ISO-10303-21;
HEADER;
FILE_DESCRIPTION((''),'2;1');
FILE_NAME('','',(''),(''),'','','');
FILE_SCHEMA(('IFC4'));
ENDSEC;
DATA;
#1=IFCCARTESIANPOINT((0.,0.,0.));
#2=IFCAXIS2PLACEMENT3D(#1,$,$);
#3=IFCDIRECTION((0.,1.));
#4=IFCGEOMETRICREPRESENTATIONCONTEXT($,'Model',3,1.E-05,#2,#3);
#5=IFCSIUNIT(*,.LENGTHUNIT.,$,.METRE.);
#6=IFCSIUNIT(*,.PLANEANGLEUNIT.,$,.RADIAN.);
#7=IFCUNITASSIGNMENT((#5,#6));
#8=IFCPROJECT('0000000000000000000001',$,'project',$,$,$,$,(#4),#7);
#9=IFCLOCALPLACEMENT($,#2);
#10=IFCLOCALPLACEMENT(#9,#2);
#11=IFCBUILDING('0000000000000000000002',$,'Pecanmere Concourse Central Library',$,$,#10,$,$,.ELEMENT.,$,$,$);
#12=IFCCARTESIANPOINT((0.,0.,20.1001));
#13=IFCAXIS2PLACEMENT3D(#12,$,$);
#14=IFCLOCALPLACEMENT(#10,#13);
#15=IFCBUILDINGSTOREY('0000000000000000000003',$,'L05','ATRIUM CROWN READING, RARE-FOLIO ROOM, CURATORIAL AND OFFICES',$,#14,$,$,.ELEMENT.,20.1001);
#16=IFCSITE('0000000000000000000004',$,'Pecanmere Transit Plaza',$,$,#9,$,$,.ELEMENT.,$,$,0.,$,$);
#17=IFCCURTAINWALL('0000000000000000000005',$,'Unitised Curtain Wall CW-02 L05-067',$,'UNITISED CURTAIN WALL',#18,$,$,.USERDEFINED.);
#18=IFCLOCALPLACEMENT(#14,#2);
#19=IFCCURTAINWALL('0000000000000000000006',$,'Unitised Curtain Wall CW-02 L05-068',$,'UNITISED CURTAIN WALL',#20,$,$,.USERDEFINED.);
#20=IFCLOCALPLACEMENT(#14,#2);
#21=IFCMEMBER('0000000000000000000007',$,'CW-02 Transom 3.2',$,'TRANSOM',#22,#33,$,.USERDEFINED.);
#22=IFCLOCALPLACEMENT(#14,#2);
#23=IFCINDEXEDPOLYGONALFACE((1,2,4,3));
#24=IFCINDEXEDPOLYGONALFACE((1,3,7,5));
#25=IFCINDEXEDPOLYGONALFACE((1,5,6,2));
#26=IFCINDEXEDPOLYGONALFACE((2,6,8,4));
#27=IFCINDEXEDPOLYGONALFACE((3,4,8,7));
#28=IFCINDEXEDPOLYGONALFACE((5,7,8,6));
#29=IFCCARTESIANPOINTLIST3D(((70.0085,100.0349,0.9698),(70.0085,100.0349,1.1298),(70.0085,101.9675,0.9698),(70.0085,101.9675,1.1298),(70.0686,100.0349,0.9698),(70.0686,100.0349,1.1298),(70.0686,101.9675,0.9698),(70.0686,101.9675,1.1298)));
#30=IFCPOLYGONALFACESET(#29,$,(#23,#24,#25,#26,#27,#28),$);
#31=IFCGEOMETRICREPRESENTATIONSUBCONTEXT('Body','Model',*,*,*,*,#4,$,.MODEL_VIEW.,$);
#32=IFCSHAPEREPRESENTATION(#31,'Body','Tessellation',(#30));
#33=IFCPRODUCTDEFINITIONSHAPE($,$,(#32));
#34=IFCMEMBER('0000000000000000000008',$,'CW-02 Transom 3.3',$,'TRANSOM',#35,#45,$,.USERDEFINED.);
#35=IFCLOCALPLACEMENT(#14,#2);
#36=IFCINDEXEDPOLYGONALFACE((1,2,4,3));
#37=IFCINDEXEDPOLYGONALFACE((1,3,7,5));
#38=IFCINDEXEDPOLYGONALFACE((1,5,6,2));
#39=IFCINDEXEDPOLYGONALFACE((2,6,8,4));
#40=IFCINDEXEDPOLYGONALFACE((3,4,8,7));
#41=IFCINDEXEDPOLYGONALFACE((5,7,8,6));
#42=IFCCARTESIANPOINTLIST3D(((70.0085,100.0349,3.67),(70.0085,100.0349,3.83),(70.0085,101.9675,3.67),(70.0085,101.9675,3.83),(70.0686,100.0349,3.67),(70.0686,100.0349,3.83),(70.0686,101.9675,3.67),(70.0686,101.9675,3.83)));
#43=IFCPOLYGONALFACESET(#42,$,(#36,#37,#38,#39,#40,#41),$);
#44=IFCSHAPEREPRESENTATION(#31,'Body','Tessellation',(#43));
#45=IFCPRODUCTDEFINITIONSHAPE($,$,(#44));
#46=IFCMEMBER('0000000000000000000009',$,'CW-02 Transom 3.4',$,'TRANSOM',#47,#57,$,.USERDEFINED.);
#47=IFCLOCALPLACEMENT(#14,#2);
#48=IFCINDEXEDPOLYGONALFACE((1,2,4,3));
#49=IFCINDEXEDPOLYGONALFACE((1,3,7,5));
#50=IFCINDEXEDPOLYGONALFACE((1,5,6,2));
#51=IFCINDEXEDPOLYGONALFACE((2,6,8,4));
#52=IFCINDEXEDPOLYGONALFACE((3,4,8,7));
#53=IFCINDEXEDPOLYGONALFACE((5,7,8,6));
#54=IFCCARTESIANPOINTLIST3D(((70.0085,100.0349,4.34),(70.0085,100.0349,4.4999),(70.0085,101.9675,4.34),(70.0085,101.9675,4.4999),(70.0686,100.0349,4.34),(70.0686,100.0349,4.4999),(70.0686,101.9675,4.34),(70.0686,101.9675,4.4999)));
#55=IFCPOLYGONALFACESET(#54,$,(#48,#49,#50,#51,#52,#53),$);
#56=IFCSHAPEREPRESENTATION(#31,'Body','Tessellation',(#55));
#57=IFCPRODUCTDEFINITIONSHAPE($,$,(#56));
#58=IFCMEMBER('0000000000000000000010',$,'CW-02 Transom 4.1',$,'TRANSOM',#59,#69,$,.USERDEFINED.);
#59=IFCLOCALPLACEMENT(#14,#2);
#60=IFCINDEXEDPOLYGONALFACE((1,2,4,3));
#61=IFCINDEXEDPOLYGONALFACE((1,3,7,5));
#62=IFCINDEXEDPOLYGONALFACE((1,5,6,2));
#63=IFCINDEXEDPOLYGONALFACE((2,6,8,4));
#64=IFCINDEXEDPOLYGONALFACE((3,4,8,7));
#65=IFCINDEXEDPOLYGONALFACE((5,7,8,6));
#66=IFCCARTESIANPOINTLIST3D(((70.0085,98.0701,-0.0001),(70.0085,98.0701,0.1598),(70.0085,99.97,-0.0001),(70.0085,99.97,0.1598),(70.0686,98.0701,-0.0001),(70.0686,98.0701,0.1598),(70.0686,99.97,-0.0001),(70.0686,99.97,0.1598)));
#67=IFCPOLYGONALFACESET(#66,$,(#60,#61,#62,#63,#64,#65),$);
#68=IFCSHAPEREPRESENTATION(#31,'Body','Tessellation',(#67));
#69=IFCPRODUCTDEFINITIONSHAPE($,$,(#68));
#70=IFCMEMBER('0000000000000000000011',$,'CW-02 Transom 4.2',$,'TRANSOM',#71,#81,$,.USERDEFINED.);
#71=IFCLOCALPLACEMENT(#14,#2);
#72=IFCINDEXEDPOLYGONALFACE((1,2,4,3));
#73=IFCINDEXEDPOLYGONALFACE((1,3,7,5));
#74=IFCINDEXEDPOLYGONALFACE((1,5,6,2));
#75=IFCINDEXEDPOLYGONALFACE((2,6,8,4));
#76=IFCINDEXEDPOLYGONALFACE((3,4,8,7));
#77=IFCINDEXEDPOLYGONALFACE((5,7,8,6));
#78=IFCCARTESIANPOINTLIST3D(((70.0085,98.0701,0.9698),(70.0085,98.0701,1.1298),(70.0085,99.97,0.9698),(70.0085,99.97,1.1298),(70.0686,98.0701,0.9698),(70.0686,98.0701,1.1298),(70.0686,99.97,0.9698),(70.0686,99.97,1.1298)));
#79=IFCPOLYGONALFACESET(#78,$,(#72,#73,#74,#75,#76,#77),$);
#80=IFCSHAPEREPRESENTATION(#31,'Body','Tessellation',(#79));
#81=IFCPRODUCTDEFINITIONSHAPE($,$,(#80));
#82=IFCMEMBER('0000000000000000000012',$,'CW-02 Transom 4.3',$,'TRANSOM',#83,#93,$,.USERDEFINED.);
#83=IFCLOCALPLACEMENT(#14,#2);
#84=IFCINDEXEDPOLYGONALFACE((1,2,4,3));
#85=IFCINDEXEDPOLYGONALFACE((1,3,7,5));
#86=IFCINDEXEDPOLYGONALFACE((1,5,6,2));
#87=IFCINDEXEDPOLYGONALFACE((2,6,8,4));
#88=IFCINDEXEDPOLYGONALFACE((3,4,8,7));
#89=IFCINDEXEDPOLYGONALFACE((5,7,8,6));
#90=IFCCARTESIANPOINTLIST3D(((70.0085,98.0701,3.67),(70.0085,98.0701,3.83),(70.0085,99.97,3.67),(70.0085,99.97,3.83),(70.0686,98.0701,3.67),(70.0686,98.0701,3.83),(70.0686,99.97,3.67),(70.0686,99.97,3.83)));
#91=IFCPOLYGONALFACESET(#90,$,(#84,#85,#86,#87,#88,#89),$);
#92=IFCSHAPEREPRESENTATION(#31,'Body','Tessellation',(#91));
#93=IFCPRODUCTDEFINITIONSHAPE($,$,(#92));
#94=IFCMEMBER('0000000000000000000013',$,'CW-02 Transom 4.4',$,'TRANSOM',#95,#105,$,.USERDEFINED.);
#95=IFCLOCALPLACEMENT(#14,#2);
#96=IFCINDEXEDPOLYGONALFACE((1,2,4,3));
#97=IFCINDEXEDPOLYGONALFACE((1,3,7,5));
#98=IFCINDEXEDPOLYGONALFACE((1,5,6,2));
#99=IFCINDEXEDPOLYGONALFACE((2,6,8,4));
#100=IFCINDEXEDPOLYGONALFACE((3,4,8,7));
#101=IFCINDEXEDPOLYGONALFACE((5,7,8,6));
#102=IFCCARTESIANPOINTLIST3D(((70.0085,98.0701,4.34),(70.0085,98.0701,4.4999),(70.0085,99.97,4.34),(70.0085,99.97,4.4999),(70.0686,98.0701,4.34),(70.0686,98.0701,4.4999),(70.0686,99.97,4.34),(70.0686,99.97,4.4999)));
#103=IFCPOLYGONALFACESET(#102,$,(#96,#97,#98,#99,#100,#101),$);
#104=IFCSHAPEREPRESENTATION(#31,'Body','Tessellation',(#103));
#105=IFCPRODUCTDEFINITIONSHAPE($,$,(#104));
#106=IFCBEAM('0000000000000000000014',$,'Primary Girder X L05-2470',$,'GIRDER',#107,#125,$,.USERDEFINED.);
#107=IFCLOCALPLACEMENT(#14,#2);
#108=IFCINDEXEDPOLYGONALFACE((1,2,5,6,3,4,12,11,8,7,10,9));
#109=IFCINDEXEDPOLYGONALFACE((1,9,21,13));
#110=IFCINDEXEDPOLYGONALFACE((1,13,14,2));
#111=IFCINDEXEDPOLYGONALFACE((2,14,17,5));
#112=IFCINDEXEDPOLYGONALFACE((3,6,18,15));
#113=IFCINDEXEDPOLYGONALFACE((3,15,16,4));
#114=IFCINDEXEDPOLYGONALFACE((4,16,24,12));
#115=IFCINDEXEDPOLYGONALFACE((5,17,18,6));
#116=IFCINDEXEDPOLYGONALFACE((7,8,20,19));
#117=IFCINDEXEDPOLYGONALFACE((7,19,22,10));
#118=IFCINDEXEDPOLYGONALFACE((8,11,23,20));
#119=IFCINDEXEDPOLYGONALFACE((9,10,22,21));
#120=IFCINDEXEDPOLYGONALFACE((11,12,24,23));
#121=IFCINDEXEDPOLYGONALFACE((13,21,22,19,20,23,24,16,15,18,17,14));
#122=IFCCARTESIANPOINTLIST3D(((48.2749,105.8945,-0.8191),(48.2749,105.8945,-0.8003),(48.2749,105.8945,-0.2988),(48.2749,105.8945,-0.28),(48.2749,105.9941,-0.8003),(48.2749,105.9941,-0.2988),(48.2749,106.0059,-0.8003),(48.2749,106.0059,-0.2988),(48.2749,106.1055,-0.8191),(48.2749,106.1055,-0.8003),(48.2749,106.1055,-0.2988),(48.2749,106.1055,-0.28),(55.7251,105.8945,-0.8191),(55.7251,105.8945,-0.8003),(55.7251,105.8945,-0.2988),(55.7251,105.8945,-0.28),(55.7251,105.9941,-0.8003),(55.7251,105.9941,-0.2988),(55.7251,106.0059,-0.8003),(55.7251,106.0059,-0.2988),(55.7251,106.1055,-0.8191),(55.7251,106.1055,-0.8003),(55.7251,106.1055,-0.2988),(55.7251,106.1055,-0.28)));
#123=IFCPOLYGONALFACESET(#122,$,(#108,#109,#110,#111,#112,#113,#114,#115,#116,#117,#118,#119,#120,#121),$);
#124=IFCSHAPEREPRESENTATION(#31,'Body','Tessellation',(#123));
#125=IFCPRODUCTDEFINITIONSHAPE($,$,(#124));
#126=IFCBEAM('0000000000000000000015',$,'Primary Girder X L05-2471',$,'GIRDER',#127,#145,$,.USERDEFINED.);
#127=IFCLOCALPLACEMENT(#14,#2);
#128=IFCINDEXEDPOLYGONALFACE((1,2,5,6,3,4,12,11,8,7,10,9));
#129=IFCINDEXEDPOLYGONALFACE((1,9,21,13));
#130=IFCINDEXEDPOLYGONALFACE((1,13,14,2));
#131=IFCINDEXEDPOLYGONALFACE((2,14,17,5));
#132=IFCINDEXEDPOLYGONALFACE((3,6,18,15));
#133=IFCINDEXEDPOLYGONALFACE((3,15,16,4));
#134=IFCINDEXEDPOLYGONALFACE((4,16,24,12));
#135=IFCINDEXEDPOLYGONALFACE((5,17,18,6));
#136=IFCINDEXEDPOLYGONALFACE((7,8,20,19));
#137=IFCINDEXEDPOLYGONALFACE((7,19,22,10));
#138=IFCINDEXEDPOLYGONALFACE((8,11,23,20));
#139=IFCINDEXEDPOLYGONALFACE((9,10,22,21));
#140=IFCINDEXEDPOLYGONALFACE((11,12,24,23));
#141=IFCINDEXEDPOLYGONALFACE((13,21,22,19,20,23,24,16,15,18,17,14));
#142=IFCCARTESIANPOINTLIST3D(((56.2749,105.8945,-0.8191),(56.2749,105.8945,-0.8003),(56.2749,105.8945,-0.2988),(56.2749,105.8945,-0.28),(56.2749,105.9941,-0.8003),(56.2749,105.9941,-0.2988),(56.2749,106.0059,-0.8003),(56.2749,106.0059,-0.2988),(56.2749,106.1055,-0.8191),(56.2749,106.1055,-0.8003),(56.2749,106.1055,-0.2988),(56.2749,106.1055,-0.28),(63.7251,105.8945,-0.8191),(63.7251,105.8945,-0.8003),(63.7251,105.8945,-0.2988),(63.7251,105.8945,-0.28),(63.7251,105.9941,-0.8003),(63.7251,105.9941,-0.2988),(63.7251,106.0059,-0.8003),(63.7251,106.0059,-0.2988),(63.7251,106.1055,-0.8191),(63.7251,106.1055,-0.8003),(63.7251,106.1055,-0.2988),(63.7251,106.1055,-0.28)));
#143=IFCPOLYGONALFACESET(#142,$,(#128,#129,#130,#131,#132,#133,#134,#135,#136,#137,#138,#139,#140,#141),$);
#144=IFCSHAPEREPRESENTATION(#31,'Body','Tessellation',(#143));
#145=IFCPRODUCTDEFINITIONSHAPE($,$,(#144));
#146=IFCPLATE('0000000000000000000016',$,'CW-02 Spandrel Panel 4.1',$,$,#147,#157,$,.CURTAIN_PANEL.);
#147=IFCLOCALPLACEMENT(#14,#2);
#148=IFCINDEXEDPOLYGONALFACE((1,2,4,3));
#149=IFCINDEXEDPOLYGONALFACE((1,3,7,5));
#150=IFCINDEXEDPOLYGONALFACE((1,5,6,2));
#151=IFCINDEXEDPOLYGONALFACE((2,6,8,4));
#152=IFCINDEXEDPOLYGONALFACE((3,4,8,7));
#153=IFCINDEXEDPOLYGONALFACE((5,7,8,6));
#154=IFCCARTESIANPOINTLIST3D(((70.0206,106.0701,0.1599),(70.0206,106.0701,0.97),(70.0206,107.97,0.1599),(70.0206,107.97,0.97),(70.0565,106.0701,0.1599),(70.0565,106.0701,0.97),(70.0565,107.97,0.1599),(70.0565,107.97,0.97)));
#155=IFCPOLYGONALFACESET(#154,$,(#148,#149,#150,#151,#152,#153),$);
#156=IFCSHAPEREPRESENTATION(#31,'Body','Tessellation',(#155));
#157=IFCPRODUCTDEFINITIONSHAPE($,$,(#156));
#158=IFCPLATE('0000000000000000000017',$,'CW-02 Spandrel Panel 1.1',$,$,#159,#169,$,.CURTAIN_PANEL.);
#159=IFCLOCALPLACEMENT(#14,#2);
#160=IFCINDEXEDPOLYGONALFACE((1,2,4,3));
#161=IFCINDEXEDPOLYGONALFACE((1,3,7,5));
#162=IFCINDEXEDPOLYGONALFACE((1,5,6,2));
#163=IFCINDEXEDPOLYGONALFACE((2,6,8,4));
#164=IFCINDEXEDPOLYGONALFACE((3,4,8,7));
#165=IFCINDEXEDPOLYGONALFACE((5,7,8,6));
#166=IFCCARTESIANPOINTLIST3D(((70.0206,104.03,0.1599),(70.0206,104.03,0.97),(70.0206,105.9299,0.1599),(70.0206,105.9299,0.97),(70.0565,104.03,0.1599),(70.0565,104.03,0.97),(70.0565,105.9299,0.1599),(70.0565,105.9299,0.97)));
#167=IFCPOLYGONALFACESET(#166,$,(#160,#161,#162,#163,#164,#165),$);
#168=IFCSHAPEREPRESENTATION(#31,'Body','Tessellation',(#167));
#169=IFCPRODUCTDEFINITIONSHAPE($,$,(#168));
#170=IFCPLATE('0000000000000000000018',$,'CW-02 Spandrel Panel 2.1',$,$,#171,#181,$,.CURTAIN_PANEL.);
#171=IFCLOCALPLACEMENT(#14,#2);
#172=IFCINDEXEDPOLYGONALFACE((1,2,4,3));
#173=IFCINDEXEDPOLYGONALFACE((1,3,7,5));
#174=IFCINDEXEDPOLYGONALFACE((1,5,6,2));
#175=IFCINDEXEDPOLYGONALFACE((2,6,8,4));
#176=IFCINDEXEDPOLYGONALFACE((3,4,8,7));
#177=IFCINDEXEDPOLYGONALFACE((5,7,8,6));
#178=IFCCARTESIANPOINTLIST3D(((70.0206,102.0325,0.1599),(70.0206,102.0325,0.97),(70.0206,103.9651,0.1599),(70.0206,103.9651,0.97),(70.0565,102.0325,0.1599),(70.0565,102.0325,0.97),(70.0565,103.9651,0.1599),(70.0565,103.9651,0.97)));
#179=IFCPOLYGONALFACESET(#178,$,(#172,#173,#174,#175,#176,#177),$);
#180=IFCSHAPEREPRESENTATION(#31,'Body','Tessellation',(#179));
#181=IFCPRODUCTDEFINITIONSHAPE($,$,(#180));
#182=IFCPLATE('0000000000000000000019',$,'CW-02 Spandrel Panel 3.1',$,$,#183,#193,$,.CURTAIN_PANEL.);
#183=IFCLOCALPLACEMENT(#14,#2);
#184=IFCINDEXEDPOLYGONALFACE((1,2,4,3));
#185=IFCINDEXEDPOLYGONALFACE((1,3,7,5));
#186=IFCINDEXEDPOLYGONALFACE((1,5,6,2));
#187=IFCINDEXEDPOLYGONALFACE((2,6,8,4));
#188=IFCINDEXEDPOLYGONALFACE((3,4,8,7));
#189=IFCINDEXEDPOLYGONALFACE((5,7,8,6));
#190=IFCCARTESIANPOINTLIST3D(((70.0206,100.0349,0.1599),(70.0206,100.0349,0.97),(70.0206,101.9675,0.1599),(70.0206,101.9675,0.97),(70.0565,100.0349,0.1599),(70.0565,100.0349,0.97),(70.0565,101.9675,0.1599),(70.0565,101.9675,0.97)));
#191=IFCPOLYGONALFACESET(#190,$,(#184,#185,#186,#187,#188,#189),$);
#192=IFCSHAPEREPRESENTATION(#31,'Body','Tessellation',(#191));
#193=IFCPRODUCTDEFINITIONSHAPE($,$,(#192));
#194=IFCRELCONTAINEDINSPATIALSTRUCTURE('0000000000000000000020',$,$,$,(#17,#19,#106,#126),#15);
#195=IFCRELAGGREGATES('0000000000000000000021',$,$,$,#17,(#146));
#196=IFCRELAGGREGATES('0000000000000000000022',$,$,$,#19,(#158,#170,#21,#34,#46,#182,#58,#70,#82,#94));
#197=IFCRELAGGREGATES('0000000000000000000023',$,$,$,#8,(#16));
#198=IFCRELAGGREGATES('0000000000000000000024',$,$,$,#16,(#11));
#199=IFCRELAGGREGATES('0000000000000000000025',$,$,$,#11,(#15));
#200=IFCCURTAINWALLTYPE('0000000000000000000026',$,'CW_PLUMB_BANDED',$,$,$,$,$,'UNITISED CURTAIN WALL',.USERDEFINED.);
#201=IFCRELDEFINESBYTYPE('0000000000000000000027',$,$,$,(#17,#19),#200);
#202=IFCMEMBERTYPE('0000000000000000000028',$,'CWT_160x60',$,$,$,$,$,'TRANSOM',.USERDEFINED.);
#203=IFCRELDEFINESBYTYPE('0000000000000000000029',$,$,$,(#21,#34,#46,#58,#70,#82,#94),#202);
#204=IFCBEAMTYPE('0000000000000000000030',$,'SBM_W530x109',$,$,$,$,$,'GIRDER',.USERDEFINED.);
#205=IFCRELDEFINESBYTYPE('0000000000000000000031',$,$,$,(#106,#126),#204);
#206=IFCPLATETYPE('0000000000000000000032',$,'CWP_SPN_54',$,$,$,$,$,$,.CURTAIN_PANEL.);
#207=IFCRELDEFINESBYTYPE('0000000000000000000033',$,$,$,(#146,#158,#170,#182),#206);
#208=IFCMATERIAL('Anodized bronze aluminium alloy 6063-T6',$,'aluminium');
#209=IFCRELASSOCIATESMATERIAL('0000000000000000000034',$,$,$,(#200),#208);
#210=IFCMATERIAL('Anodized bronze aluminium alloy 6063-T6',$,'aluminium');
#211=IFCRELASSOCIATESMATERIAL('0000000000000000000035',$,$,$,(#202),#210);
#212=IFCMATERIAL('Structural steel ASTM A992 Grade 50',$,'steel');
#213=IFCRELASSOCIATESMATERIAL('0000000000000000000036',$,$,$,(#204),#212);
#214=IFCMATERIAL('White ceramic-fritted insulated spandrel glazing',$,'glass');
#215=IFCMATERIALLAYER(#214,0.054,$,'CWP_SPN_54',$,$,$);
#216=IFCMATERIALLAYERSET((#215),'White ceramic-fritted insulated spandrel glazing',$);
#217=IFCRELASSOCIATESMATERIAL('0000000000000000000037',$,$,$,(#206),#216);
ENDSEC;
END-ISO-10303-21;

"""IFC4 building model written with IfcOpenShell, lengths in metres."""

from ifc_helpers import new_model, si_unit, direction, frame, origin, origin_2d, place, context, subcontext, project, spatial, rectangle, i_section, extrude, material, layer, layer_set, material_profile, profile_set, type_object, element, aggregate, save


model = new_model("IFC4")

# Units and contexts
model_context = context("Model", 3, precision=1e-05, world=origin(), true_north=direction((0.0, 1.0)))
body_context = subcontext(model_context, "Body", "Model", "MODEL_VIEW")
ifc_project = project(units=[si_unit("LENGTHUNIT", "METRE"), si_unit("PLANEANGLEUNIT", "RADIAN")], contexts=[model_context])

# Site, building, storey
site_placement = place(None, origin())
site = spatial("IfcSite", under=ifc_project, at=site_placement, Name="Pecanmere Transit Plaza", CompositionType="ELEMENT", RefElevation=0.0)
building_placement = place(site_placement, origin())
building = spatial("IfcBuilding", under=site, at=building_placement, Name="Pecanmere Concourse Central Library", CompositionType="ELEMENT")
storey_placement = place(building_placement, frame((0.0, 0.0, 20.1001)))
storey = spatial("IfcBuildingStorey", under=building, at=storey_placement, Name="L05", Description="ATRIUM CROWN READING, RARE-FOLIO ROOM, CURATORIAL AND OFFICES", CompositionType="ELEMENT", Elevation=20.1001)

# Curtain wall
ifc_material_1 = material(Name="Anodized bronze aluminium alloy 6063-T6", Category="aluminium")
curtain_wall_type = type_object("IfcCurtainWallType", Name="CW_PLUMB_BANDED", ElementType="UNITISED CURTAIN WALL", PredefinedType="USERDEFINED", material=ifc_material_1)
curtain_wall_1_placement = place(storey_placement, origin())
curtain_wall_1 = element("IfcCurtainWall", 1, at=curtain_wall_1_placement, inside=storey, type_object=curtain_wall_type, Name="Unitised Curtain Wall CW-02 L05-067", ObjectType="UNITISED CURTAIN WALL", PredefinedType="USERDEFINED")

# Curtain wall
curtain_wall_2_placement = place(storey_placement, origin())
curtain_wall_2 = element("IfcCurtainWall", 2, at=curtain_wall_2_placement, inside=storey, type_object=curtain_wall_type, Name="Unitised Curtain Wall CW-02 L05-068", ObjectType="UNITISED CURTAIN WALL", PredefinedType="USERDEFINED")

# Members
ifc_material_2 = material(Name="Anodized bronze aluminium alloy 6063-T6", Category="aluminium")
ifc_material_profile_1 = material_profile(ifc_material_2, rectangle(XDim=0.0601, YDim=0.1599, at=origin_2d()), Name="AL 60x160")
ifc_profile_set_1 = profile_set([ifc_material_profile_1], Name="Anodized bronze aluminium alloy 6063-T6")
member_type_1 = type_object("IfcMemberType", Name="CWT_160x60", ElementType="TRANSOM", PredefinedType="USERDEFINED", material=ifc_profile_set_1)
member_1_placement = place(storey_placement, frame((70.0386, 101.9675, 1.0498), z_axis=(0.0, -1.0, 0.0), x_axis=(1.0, 0.0, 0.0)))
member_1 = element("IfcMember", 3, at=member_1_placement, type_object=member_type_1, Name="CW-02 Transom 3.2", ObjectType="TRANSOM", PredefinedType="USERDEFINED", context=body_context, shape_type="SweptSolid", body=[
    extrude(rectangle(XDim=0.0601, YDim=0.1599, at=origin_2d()), origin(), (0.0, 0.0, 1.0), 1.9326),
])
member_2_placement = place(storey_placement, frame((70.0386, 101.9675, 3.75), z_axis=(0.0, -1.0, 0.0), x_axis=(1.0, 0.0, 0.0)))
member_2 = element("IfcMember", 4, at=member_2_placement, type_object=member_type_1, Name="CW-02 Transom 3.3", ObjectType="TRANSOM", PredefinedType="USERDEFINED", context=body_context, shape_type="SweptSolid", body=[
    extrude(rectangle(XDim=0.0601, YDim=0.1599, at=origin_2d()), origin(), (0.0, 0.0, 1.0), 1.9326),
])
member_3_placement = place(storey_placement, frame((70.0386, 101.9675, 4.4199), z_axis=(0.0, -1.0, 0.0), x_axis=(1.0, 0.0, 0.0)))
member_3 = element("IfcMember", 5, at=member_3_placement, type_object=member_type_1, Name="CW-02 Transom 3.4", ObjectType="TRANSOM", PredefinedType="USERDEFINED", context=body_context, shape_type="SweptSolid", body=[
    extrude(rectangle(XDim=0.0601, YDim=0.1599, at=origin_2d()), origin(), (0.0, 0.0, 1.0), 1.9326),
])
member_4_placement = place(storey_placement, frame((70.0386, 99.97, 0.0798), z_axis=(0.0, -1.0, 0.0), x_axis=(1.0, 0.0, 0.0)))
member_4 = element("IfcMember", 6, at=member_4_placement, type_object=member_type_1, Name="CW-02 Transom 4.1", ObjectType="TRANSOM", PredefinedType="USERDEFINED", context=body_context, shape_type="SweptSolid", body=[
    extrude(rectangle(XDim=0.0601, YDim=0.1599, at=origin_2d()), origin(), (0.0, 0.0, 1.0), 1.8999),
])
member_5_placement = place(storey_placement, frame((70.0386, 99.97, 1.0498), z_axis=(0.0, -1.0, 0.0), x_axis=(1.0, 0.0, 0.0)))
member_5 = element("IfcMember", 7, at=member_5_placement, type_object=member_type_1, Name="CW-02 Transom 4.2", ObjectType="TRANSOM", PredefinedType="USERDEFINED", context=body_context, shape_type="SweptSolid", body=[
    extrude(rectangle(XDim=0.0601, YDim=0.1599, at=origin_2d()), origin(), (0.0, 0.0, 1.0), 1.8999),
])
member_6_placement = place(storey_placement, frame((70.0386, 99.97, 3.75), z_axis=(0.0, -1.0, 0.0), x_axis=(1.0, 0.0, 0.0)))
member_6 = element("IfcMember", 8, at=member_6_placement, type_object=member_type_1, Name="CW-02 Transom 4.3", ObjectType="TRANSOM", PredefinedType="USERDEFINED", context=body_context, shape_type="SweptSolid", body=[
    extrude(rectangle(XDim=0.0601, YDim=0.1599, at=origin_2d()), origin(), (0.0, 0.0, 1.0), 1.8999),
])
member_7_placement = place(storey_placement, frame((70.0386, 99.97, 4.4199), z_axis=(0.0, -1.0, 0.0), x_axis=(1.0, 0.0, 0.0)))
member_7 = element("IfcMember", 9, at=member_7_placement, type_object=member_type_1, Name="CW-02 Transom 4.4", ObjectType="TRANSOM", PredefinedType="USERDEFINED", context=body_context, shape_type="SweptSolid", body=[
    extrude(rectangle(XDim=0.0601, YDim=0.1599, at=origin_2d()), origin(), (0.0, 0.0, 1.0), 1.8999),
])

# Beams
ifc_material_3 = material(Name="Structural steel ASTM A992 Grade 50", Category="steel")
ifc_material_profile_2 = material_profile(ifc_material_3, i_section(OverallWidth=0.2109, OverallDepth=0.5391, WebThickness=0.0117, FlangeThickness=0.0188, at=origin_2d()), Name="W530x109")
ifc_profile_set_2 = profile_set([ifc_material_profile_2], Name="Structural steel ASTM A992 Grade 50")
beam_type = type_object("IfcBeamType", Name="SBM_W530x109", ElementType="GIRDER", PredefinedType="USERDEFINED", material=ifc_profile_set_2)
for number, where, z_axis, x_axis, name in (
    (10, (48.2749, 106.0, -0.5496), (1.0, 0.0, 0.0), (0.0, 1.0, 0.0), "Primary Girder X L05-2470"),
    (11, (56.2749, 106.0, -0.5496), (1.0, 0.0, 0.0), (0.0, 1.0, 0.0), "Primary Girder X L05-2471"),
):
    element("IfcBeam", number, at=place(storey_placement, frame(where, z_axis=z_axis, x_axis=x_axis)), inside=storey, type_object=beam_type, Name=name, ObjectType="GIRDER", PredefinedType="USERDEFINED", context=body_context, shape_type="SweptSolid", body=[
        extrude(i_section(OverallWidth=0.2109, OverallDepth=0.5391, WebThickness=0.0117, FlangeThickness=0.0188, at=origin_2d()), origin(), (0.0, 0.0, 1.0), 7.4502),
    ])

# Plates
ifc_material_4 = material(Name="White ceramic-fritted insulated spandrel glazing", Category="glass")
ifc_layer_1 = layer(ifc_material_4, 0.054, Name="CWP_SPN_54")
ifc_layer_set_1 = layer_set([ifc_layer_1], Name="White ceramic-fritted insulated spandrel glazing")
plate_type_1 = type_object("IfcPlateType", Name="CWP_SPN_54", PredefinedType="CURTAIN_PANEL", material=ifc_layer_set_1)
plate_1_placement = place(storey_placement, frame((70.0386, 107.02, 0.1599), z_axis=(0.0, 0.0, 1.0), x_axis=(0.0, -1.0, 0.0)))
plate_1 = element("IfcPlate", 12, at=plate_1_placement, type_object=plate_type_1, Name="CW-02 Spandrel Panel 4.1", PredefinedType="CURTAIN_PANEL", context=body_context, shape_type="SweptSolid", body=[
    extrude(rectangle(XDim=1.8999, YDim=0.0359, at=origin_2d()), origin(), (0.0, 0.0, 1.0), 0.8101),
])
plate_2_placement = place(storey_placement, frame((70.0386, 104.98, 0.1599), z_axis=(0.0, 0.0, 1.0), x_axis=(0.0, -1.0, 0.0)))
plate_2 = element("IfcPlate", 13, at=plate_2_placement, type_object=plate_type_1, Name="CW-02 Spandrel Panel 1.1", PredefinedType="CURTAIN_PANEL", context=body_context, shape_type="SweptSolid", body=[
    extrude(rectangle(XDim=1.8999, YDim=0.0359, at=origin_2d()), origin(), (0.0, 0.0, 1.0), 0.8101),
])
plate_3_placement = place(storey_placement, frame((70.0386, 102.9988, 0.1599), z_axis=(0.0, 0.0, 1.0), x_axis=(0.0, -1.0, 0.0)))
plate_3 = element("IfcPlate", 14, at=plate_3_placement, type_object=plate_type_1, Name="CW-02 Spandrel Panel 2.1", PredefinedType="CURTAIN_PANEL", context=body_context, shape_type="SweptSolid", body=[
    extrude(rectangle(XDim=1.9326, YDim=0.0359, at=origin_2d()), origin(), (0.0, 0.0, 1.0), 0.8101),
])
plate_4_placement = place(storey_placement, frame((70.0386, 101.0012, 0.1599), z_axis=(0.0, 0.0, 1.0), x_axis=(0.0, -1.0, 0.0)))
plate_4 = element("IfcPlate", 15, at=plate_4_placement, type_object=plate_type_1, Name="CW-02 Spandrel Panel 3.1", PredefinedType="CURTAIN_PANEL", context=body_context, shape_type="SweptSolid", body=[
    extrude(rectangle(XDim=1.9326, YDim=0.0359, at=origin_2d()), origin(), (0.0, 0.0, 1.0), 0.8101),
])
aggregate(curtain_wall_1, [plate_1])
aggregate(curtain_wall_2, [plate_2, plate_3, member_1, member_2, member_3, plate_4, member_4, member_5, member_6, member_7])

save(model, "model.ifc")
